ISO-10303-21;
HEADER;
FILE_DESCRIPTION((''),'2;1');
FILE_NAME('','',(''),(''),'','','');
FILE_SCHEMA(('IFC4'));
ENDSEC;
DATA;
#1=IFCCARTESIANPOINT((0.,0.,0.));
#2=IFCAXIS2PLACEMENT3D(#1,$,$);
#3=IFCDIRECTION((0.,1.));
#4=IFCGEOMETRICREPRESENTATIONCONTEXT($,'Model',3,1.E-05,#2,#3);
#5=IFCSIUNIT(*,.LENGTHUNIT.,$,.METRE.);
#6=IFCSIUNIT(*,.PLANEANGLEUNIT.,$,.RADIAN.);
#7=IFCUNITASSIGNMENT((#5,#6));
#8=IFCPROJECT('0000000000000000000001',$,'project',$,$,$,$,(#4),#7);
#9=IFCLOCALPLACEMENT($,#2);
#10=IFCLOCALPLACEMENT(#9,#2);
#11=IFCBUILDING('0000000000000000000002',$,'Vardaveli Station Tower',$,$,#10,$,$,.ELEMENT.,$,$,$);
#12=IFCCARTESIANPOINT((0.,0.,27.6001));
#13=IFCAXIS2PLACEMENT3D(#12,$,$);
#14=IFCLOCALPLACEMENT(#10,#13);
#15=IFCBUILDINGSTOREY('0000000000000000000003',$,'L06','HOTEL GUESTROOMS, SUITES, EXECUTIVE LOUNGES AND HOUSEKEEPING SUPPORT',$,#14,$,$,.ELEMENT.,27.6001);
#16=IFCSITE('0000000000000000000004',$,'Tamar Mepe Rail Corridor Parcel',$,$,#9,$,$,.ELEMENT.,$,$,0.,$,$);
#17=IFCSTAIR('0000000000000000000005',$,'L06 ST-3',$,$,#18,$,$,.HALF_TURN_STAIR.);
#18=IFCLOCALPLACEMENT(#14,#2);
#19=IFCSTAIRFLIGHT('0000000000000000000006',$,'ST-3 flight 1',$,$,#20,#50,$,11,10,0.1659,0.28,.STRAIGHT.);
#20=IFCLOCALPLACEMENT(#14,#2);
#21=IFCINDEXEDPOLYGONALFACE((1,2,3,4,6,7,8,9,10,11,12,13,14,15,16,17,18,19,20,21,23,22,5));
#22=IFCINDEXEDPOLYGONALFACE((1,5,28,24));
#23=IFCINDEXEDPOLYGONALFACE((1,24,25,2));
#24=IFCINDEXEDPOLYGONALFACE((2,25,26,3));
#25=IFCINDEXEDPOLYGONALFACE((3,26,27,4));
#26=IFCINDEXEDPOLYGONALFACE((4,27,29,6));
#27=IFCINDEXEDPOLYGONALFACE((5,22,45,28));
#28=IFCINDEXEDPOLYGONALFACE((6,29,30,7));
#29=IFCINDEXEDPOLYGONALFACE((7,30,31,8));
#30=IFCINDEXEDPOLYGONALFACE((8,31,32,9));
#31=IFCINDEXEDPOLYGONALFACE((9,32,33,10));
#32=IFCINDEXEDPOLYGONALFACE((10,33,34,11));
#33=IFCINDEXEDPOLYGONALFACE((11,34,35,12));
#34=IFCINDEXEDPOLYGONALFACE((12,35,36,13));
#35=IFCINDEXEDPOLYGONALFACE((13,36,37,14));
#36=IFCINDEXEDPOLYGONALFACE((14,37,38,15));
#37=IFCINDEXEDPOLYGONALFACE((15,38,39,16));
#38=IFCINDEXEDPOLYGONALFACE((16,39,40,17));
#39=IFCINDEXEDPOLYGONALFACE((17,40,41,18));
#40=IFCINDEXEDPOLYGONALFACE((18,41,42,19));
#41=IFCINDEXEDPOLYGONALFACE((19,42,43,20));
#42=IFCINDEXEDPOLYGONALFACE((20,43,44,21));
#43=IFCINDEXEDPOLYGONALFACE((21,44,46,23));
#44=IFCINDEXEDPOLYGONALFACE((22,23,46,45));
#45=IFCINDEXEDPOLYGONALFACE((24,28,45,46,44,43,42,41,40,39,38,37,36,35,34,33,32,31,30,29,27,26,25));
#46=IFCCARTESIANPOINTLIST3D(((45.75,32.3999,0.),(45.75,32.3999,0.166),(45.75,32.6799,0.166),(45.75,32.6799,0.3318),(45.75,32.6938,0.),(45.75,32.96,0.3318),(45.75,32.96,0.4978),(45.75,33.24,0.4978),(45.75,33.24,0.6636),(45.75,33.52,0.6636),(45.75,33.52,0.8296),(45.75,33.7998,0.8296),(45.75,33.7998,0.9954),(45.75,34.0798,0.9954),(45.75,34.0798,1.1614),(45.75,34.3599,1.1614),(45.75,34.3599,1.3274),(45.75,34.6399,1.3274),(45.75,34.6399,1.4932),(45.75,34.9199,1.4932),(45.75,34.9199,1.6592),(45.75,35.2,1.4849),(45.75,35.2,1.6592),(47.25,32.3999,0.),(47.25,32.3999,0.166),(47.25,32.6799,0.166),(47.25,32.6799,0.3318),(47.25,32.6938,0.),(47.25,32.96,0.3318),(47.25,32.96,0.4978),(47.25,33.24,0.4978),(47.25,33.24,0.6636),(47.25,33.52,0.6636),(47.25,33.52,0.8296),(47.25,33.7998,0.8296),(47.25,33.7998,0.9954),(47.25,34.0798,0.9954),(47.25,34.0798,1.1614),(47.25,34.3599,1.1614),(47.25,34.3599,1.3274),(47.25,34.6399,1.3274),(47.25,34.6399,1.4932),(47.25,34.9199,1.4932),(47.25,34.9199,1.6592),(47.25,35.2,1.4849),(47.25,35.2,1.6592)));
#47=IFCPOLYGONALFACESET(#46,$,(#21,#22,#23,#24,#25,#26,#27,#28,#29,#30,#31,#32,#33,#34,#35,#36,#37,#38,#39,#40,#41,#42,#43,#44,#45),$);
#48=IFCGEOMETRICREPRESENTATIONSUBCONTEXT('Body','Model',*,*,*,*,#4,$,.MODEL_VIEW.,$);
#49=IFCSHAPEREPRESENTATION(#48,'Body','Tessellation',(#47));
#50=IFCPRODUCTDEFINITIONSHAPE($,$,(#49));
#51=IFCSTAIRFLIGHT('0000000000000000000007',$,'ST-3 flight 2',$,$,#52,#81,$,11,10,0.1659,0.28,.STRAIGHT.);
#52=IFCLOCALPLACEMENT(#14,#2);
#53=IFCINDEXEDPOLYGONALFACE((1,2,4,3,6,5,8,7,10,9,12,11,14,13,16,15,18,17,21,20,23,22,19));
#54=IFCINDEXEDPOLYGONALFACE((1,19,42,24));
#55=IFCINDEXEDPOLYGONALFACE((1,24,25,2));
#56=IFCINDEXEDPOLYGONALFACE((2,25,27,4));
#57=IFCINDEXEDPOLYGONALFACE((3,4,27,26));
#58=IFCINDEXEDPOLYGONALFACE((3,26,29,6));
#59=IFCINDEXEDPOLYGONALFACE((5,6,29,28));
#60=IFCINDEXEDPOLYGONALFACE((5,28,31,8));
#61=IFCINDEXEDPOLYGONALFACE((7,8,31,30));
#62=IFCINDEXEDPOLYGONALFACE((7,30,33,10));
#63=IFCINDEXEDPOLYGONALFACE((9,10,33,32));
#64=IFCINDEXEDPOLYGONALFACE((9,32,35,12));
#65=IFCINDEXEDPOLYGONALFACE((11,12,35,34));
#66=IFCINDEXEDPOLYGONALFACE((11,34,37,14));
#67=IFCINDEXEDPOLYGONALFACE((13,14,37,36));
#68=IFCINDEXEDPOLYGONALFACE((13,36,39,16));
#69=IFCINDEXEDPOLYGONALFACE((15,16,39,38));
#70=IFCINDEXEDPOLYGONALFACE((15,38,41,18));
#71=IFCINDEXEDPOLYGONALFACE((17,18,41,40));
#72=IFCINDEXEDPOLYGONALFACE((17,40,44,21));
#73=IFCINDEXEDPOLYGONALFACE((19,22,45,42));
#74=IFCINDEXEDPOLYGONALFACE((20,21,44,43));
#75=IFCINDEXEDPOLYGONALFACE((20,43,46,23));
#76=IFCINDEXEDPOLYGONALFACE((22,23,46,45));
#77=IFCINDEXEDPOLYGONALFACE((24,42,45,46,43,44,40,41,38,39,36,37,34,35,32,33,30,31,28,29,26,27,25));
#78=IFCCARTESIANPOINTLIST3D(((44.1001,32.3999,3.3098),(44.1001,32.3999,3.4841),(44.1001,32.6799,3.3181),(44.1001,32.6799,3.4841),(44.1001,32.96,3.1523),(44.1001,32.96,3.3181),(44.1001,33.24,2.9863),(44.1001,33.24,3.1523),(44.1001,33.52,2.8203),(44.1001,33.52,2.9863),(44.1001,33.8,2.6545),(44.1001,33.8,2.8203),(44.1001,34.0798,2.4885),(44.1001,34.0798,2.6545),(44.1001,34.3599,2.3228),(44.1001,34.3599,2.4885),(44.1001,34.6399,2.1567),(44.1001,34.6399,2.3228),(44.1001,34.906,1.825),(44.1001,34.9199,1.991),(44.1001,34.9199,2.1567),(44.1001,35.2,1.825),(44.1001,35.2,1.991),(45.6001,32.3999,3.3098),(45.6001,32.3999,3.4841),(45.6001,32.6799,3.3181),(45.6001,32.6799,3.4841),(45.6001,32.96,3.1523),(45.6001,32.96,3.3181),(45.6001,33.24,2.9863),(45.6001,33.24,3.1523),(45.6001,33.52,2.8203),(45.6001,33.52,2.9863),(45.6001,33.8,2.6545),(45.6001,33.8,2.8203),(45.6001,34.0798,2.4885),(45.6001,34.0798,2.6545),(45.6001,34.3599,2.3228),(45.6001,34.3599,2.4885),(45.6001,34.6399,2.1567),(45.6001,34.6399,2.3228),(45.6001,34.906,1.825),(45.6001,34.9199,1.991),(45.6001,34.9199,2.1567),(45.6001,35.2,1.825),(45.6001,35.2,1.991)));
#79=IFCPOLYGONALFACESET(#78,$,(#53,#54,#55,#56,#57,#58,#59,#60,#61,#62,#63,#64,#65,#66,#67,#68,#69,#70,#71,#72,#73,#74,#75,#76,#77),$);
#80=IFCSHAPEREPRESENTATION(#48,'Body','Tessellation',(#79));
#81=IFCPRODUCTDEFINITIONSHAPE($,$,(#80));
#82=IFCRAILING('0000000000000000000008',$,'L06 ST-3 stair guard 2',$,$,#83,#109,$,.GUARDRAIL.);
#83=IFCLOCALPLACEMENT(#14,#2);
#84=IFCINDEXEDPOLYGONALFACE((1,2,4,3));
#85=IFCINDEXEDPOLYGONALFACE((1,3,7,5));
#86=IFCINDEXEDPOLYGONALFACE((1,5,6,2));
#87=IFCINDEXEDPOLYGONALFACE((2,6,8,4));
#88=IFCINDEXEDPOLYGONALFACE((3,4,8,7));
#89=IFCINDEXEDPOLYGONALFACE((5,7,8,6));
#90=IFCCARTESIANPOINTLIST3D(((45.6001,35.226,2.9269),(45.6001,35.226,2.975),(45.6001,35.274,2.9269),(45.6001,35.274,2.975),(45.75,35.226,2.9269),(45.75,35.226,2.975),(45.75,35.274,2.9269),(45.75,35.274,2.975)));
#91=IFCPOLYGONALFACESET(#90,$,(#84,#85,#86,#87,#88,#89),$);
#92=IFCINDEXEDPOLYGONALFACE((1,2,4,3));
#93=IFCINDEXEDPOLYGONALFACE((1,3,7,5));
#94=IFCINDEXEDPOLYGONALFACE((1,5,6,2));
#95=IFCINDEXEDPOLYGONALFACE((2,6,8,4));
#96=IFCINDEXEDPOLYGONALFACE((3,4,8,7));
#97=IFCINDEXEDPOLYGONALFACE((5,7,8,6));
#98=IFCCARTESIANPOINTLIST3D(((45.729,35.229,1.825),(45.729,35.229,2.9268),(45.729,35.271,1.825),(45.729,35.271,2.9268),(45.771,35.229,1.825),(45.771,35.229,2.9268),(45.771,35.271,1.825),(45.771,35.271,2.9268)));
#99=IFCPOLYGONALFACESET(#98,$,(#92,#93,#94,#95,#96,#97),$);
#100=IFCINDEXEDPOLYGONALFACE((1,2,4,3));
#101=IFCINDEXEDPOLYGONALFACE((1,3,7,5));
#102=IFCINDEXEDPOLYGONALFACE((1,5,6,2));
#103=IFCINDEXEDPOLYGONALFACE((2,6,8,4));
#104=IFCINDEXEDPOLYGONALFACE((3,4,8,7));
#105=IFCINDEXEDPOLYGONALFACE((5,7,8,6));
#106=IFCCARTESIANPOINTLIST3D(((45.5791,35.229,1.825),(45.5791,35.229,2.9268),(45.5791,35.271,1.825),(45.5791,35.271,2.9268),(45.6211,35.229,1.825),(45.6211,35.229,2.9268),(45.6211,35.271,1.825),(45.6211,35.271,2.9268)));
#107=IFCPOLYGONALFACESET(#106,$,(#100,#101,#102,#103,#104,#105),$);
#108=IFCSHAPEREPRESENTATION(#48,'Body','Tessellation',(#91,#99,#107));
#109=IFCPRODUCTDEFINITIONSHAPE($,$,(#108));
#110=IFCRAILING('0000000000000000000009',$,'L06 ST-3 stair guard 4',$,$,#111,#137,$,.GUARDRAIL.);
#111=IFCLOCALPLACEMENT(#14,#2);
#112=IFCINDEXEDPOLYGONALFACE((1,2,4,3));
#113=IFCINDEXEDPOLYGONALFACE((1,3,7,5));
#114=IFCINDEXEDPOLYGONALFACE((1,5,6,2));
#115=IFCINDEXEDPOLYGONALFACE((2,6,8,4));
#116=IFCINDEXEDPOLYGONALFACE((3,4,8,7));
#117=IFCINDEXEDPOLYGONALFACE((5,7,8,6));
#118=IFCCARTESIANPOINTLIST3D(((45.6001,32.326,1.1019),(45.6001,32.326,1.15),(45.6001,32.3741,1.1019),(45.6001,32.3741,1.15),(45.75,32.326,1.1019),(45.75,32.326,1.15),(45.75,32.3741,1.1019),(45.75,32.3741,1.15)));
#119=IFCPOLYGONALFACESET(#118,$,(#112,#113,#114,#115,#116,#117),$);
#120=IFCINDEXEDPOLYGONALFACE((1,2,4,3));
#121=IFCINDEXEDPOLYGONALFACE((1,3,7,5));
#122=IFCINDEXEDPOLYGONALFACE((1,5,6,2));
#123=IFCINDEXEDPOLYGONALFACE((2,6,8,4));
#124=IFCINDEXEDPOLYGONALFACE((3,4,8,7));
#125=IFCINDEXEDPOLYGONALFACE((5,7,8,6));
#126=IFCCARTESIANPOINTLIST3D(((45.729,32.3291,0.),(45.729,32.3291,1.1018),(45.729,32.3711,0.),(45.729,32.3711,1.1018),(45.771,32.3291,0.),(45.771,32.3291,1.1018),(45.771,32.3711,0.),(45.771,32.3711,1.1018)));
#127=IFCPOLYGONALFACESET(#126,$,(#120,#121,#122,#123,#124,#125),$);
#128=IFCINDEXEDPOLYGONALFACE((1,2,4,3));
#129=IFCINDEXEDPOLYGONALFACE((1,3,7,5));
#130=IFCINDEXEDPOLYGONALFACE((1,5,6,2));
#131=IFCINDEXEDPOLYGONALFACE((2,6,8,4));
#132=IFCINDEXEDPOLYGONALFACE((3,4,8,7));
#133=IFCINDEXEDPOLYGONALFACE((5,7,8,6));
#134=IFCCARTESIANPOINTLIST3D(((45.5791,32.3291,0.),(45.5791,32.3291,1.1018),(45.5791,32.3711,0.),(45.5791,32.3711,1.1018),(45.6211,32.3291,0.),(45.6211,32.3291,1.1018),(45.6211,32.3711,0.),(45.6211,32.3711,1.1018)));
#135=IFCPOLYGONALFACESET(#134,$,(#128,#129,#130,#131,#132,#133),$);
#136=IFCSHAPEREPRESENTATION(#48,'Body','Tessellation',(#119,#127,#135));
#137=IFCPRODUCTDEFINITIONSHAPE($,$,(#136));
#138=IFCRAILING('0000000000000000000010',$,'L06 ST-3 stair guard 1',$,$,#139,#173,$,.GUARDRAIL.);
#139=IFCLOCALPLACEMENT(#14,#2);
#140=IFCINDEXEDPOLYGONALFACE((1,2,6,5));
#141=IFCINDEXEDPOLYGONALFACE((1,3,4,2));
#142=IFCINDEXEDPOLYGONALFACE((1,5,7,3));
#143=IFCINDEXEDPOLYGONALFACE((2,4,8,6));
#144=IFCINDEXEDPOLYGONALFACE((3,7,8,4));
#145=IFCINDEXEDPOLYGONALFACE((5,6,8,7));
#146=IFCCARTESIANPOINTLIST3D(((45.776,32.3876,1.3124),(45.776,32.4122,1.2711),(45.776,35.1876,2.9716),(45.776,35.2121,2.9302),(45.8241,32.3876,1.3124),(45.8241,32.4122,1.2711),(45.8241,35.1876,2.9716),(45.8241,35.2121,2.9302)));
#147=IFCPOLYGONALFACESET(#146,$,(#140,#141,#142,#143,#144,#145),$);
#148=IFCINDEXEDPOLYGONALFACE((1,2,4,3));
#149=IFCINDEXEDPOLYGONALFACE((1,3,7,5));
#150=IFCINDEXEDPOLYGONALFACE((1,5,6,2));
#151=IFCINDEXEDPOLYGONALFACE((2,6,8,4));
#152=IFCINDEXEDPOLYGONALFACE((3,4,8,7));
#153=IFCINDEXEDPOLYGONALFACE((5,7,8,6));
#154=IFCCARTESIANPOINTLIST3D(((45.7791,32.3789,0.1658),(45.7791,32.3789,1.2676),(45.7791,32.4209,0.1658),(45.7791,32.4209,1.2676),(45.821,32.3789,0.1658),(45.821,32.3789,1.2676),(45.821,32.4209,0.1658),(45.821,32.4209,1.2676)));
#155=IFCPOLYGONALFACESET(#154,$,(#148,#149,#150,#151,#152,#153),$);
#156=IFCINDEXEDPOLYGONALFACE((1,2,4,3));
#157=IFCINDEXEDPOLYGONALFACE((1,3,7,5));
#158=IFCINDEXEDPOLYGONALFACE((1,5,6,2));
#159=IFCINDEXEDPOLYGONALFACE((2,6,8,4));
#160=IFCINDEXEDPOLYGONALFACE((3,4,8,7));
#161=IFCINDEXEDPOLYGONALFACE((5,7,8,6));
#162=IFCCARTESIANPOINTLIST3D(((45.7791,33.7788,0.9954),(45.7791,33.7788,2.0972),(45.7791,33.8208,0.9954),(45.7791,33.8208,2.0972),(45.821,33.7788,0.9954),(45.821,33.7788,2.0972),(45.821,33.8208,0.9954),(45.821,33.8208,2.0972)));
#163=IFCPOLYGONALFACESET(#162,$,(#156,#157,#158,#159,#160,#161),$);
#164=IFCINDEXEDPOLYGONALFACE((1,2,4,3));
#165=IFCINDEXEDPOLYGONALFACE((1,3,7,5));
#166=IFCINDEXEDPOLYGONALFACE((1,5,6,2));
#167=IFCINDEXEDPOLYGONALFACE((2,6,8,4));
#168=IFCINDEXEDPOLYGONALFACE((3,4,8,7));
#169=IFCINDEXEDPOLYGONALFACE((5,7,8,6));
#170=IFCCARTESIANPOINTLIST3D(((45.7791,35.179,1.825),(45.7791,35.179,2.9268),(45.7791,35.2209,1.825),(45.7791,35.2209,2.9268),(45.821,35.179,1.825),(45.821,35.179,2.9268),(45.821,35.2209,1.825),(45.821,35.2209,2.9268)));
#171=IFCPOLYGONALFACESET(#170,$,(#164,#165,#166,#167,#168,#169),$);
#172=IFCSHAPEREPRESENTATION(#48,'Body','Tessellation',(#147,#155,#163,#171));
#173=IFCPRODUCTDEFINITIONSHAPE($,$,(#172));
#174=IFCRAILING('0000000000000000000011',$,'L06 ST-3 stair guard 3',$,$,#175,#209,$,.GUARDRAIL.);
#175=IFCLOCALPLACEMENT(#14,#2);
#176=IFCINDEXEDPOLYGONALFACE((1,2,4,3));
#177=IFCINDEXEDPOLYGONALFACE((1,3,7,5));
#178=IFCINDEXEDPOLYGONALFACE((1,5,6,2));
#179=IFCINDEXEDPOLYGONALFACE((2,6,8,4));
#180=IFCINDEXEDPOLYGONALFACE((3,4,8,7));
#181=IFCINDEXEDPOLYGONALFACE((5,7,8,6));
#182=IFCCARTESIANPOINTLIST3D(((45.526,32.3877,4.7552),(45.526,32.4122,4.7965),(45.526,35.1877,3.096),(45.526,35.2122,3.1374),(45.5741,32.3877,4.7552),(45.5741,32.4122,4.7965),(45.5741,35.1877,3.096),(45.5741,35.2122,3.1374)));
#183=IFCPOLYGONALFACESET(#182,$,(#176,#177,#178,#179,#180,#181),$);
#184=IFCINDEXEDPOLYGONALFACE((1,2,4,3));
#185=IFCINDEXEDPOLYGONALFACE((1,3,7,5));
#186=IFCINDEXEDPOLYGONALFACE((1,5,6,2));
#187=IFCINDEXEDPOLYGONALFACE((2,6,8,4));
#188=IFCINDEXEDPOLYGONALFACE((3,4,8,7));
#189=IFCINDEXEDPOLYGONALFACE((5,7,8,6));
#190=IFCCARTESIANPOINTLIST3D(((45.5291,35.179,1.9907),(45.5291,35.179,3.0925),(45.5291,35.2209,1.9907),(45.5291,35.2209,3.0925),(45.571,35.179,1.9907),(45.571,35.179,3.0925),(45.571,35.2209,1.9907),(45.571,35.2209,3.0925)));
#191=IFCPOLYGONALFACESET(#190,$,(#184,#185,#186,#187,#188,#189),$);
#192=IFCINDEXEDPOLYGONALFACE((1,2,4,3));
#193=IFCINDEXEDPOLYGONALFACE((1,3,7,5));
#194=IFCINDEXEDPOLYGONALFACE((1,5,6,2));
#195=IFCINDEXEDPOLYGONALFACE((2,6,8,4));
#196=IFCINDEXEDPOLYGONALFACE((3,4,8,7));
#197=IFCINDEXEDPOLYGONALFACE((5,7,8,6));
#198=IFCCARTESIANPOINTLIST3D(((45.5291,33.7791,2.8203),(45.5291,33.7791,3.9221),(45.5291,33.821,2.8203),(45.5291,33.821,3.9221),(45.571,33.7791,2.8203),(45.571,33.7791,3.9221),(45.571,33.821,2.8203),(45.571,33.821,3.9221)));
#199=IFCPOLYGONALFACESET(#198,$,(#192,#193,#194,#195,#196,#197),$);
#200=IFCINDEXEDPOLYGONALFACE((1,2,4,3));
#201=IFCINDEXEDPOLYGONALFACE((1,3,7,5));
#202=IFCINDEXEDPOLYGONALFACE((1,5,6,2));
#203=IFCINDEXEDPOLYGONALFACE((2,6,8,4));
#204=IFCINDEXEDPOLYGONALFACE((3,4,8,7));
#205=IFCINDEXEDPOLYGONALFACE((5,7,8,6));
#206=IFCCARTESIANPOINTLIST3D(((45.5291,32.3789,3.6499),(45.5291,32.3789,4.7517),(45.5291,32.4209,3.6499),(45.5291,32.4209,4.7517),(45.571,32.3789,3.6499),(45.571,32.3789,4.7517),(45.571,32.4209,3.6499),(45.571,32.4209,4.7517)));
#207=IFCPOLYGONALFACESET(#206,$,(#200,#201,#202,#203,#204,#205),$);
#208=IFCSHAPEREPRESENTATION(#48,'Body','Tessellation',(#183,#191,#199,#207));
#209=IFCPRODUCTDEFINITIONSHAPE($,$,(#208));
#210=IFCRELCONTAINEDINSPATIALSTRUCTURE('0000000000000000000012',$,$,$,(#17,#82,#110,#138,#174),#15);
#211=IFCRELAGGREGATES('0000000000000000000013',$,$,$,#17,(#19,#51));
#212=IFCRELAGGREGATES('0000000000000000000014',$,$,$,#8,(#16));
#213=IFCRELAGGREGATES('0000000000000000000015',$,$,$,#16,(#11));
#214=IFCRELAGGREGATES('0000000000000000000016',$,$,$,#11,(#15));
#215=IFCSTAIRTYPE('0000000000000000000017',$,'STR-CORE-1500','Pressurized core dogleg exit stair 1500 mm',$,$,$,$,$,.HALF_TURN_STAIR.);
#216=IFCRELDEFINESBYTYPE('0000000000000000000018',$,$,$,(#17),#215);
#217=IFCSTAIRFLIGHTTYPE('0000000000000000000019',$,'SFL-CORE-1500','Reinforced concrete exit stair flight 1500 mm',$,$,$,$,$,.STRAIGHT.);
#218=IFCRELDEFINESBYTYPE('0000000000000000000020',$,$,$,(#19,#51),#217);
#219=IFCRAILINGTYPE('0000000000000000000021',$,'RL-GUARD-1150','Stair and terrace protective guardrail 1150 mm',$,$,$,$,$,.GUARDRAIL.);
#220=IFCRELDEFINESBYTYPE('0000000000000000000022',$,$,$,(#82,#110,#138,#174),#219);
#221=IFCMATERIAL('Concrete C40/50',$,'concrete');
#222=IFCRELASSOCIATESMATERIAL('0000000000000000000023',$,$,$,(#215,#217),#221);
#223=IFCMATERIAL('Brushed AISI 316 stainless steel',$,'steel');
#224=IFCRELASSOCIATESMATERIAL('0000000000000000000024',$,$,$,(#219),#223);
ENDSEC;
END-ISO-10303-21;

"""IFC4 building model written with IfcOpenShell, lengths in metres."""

from ifc_helpers import new_model, si_unit, direction, frame, origin, origin_2d, place, context, subcontext, project, spatial, polyline, rectangle, outline, extrude, source, transform, mapped, material, type_object, element, aggregate, save


model = new_model("IFC4")

# Units and contexts
model_context = context("Model", 3, precision=1e-05, world=origin(), true_north=direction((0.0, 1.0)))
body_context = subcontext(model_context, "Body", "Model", "MODEL_VIEW")
ifc_project = project(units=[si_unit("LENGTHUNIT", "METRE"), si_unit("PLANEANGLEUNIT", "RADIAN")], contexts=[model_context])

# Site, building, storey
site_placement = place(None, origin())
site = spatial("IfcSite", under=ifc_project, at=site_placement, Name="Tamar Mepe Rail Corridor Parcel", CompositionType="ELEMENT", RefElevation=0.0)
building_placement = place(site_placement, origin())
building = spatial("IfcBuilding", under=site, at=building_placement, Name="Vardaveli Station Tower", CompositionType="ELEMENT")
storey_placement = place(building_placement, frame((0.0, 0.0, 27.6001)))
storey = spatial("IfcBuildingStorey", under=building, at=storey_placement, Name="L06", Description="HOTEL GUESTROOMS, SUITES, EXECUTIVE LOUNGES AND HOUSEKEEPING SUPPORT", CompositionType="ELEMENT", Elevation=27.6001)

# Shared definitions
ifc_material_1 = material(Name="Concrete C40/50", Category="concrete")

# Stair, stair flights
stair_type = type_object("IfcStairType", Name="STR-CORE-1500", Description="Pressurized core dogleg exit stair 1500 mm", PredefinedType="HALF_TURN_STAIR", material=ifc_material_1)
stair_placement = place(storey_placement, origin())
stair = element("IfcStair", 1, at=stair_placement, inside=storey, type_object=stair_type, Name="L06 ST-3", PredefinedType="HALF_TURN_STAIR")
stair_flight_type = type_object("IfcStairFlightType", Name="SFL-CORE-1500", Description="Reinforced concrete exit stair flight 1500 mm", PredefinedType="STRAIGHT", material=ifc_material_1)
shared_shape_1 = source(origin(), body_context, "Body", "SweptSolid", [
    extrude(outline(polyline([(0.0, 0.0), (0.0, 0.166), (0.28, 0.166), (0.28, 0.3318), (0.5601, 0.3318), (0.5601, 0.4978), (0.8401, 0.4978), (0.8401, 0.6636), (1.1201, 0.6636), (1.1201, 0.8296), (1.3999, 0.8296), (1.3999, 0.9954), (1.6799, 0.9954), (1.6799, 1.1614), (1.96, 1.1614), (1.96, 1.3274), (2.24, 1.3274), (2.24, 1.4932), (2.52, 1.4932), (2.52, 1.6592), (2.8, 1.6592), (2.8, 1.825), (2.8, 1.4849), (0.2939, 0.0), (0.0, 0.0)])), frame((0.0, 0.75, 0.0), z_axis=(0.0, -1.0, 0.0), x_axis=(1.0, 0.0, 0.0)), (0.0, 0.0, 1.0), 1.5),
])
stair_flight_1_placement = place(storey_placement, frame((46.5, 32.3999, 0.0), z_axis=(0.0, 0.0, 1.0), x_axis=(0.0, 1.0, 0.0)))
stair_flight_1 = element("IfcStairFlight", 2, at=stair_flight_1_placement, type_object=stair_flight_type, Name="ST-3 flight 1", NumberOfRisers=11, NumberOfTreads=10, PredefinedType="STRAIGHT", RiserHeight=0.1659, TreadLength=0.28, context=body_context, shape_type="MappedRepresentation", body=[
    mapped(shared_shape_1, transform((0.0, 0.0, 0.0), scale=1.0)),
])
stair_flight_2_placement = place(storey_placement, frame((44.8501, 35.2, 1.825), z_axis=(0.0, 0.0, 1.0), x_axis=(0.0, -1.0, 0.0)))
stair_flight_2 = element("IfcStairFlight", 3, at=stair_flight_2_placement, type_object=stair_flight_type, Name="ST-3 flight 2", NumberOfRisers=11, NumberOfTreads=10, PredefinedType="STRAIGHT", RiserHeight=0.1659, TreadLength=0.28, context=body_context, shape_type="MappedRepresentation", body=[
    mapped(shared_shape_1, transform((0.0, 0.0, 0.0), scale=1.0)),
])
aggregate(stair, [stair_flight_1, stair_flight_2])

# Railings
ifc_material_2 = material(Name="Brushed AISI 316 stainless steel", Category="steel")
railing_type_1 = type_object("IfcRailingType", Name="RL-GUARD-1150", Description="Stair and terrace protective guardrail 1150 mm", PredefinedType="GUARDRAIL", material=ifc_material_2)
shared_shape_2 = source(origin(), body_context, "Body", "SweptSolid", [
    extrude(rectangle(XDim=0.0481, YDim=0.0481, at=origin_2d()), frame((0.0, 0.0, 1.126), z_axis=(-1.0, 0.0, 0.0), x_axis=(0.0, -1.0, 0.0)), (0.0, 0.0, 1.0), 0.1499),
    extrude(rectangle(XDim=0.042, YDim=0.042, at=origin_2d()), origin(), (0.0, 0.0, 1.0), 1.1018),
    extrude(rectangle(XDim=0.042, YDim=0.042, at=origin_2d()), frame((-0.1499, 0.0, 0.0)), (0.0, 0.0, 1.0), 1.1018),
])
for number, where, name in (
    (4, (45.75, 35.25, 1.825), "L06 ST-3 stair guard 2"),
    (5, (45.75, 32.3501, 0.0), "L06 ST-3 stair guard 4"),
):
    element("IfcRailing", number, at=place(storey_placement, frame(where)), inside=storey, type_object=railing_type_1, Name=name, PredefinedType="GUARDRAIL", context=body_context, shape_type="MappedRepresentation", body=[
        mapped(shared_shape_2, transform((0.0, 0.0, 0.0), scale=1.0)),
    ])
shared_shape_3 = source(origin(), body_context, "Body", "SweptSolid", [
    extrude(rectangle(XDim=0.0481, YDim=0.0481, at=origin_2d()), frame((0.0, 0.0, 1.126), z_axis=(0.0, 0.860306, 0.509778), x_axis=(-1.0, 0.0, 0.0)), (0.0, 0.0, 1.0), 3.2546),
    extrude(rectangle(XDim=0.042, YDim=0.042, at=origin_2d()), origin(), (0.0, 0.0, 1.0), 1.1018),
    extrude(rectangle(XDim=0.042, YDim=0.042, at=origin_2d()), frame((0.0, 1.3999, 0.8296)), (0.0, 0.0, 1.0), 1.1018),
    extrude(rectangle(XDim=0.042, YDim=0.042, at=origin_2d()), frame((0.0, 2.8, 1.6592)), (0.0, 0.0, 1.0), 1.1018),
])
railing_1_placement = place(storey_placement, frame((45.8, 32.3999, 0.1658)))
element("IfcRailing", 6, at=railing_1_placement, inside=storey, type_object=railing_type_1, Name="L06 ST-3 stair guard 1", PredefinedType="GUARDRAIL", context=body_context, shape_type="MappedRepresentation", body=[
    mapped(shared_shape_3, transform((0.0, 0.0, 0.0), scale=1.0)),
])
shared_shape_4 = source(origin(), body_context, "Body", "SweptSolid", [
    extrude(rectangle(XDim=0.0481, YDim=0.0481, at=origin_2d()), frame((0.0, 0.0, 1.126), z_axis=(0.0, -0.860306, 0.509778), x_axis=(1.0, 0.0, 0.0)), (0.0, 0.0, 1.0), 3.2546),
    extrude(rectangle(XDim=0.042, YDim=0.042, at=origin_2d()), origin(), (0.0, 0.0, 1.0), 1.1018),
    extrude(rectangle(XDim=0.042, YDim=0.042, at=origin_2d()), frame((0.0, -1.3999, 0.8296)), (0.0, 0.0, 1.0), 1.1018),
    extrude(rectangle(XDim=0.042, YDim=0.042, at=origin_2d()), frame((0.0, -2.8, 1.6592)), (0.0, 0.0, 1.0), 1.1018),
])
railing_2_placement = place(storey_placement, frame((45.55, 35.2, 1.9907)))
element("IfcRailing", 7, at=railing_2_placement, inside=storey, type_object=railing_type_1, Name="L06 ST-3 stair guard 3", PredefinedType="GUARDRAIL", context=body_context, shape_type="MappedRepresentation", body=[
    mapped(shared_shape_4, transform((0.0, 0.0, 0.0), scale=1.0)),
])

save(model, "model.ifc")
